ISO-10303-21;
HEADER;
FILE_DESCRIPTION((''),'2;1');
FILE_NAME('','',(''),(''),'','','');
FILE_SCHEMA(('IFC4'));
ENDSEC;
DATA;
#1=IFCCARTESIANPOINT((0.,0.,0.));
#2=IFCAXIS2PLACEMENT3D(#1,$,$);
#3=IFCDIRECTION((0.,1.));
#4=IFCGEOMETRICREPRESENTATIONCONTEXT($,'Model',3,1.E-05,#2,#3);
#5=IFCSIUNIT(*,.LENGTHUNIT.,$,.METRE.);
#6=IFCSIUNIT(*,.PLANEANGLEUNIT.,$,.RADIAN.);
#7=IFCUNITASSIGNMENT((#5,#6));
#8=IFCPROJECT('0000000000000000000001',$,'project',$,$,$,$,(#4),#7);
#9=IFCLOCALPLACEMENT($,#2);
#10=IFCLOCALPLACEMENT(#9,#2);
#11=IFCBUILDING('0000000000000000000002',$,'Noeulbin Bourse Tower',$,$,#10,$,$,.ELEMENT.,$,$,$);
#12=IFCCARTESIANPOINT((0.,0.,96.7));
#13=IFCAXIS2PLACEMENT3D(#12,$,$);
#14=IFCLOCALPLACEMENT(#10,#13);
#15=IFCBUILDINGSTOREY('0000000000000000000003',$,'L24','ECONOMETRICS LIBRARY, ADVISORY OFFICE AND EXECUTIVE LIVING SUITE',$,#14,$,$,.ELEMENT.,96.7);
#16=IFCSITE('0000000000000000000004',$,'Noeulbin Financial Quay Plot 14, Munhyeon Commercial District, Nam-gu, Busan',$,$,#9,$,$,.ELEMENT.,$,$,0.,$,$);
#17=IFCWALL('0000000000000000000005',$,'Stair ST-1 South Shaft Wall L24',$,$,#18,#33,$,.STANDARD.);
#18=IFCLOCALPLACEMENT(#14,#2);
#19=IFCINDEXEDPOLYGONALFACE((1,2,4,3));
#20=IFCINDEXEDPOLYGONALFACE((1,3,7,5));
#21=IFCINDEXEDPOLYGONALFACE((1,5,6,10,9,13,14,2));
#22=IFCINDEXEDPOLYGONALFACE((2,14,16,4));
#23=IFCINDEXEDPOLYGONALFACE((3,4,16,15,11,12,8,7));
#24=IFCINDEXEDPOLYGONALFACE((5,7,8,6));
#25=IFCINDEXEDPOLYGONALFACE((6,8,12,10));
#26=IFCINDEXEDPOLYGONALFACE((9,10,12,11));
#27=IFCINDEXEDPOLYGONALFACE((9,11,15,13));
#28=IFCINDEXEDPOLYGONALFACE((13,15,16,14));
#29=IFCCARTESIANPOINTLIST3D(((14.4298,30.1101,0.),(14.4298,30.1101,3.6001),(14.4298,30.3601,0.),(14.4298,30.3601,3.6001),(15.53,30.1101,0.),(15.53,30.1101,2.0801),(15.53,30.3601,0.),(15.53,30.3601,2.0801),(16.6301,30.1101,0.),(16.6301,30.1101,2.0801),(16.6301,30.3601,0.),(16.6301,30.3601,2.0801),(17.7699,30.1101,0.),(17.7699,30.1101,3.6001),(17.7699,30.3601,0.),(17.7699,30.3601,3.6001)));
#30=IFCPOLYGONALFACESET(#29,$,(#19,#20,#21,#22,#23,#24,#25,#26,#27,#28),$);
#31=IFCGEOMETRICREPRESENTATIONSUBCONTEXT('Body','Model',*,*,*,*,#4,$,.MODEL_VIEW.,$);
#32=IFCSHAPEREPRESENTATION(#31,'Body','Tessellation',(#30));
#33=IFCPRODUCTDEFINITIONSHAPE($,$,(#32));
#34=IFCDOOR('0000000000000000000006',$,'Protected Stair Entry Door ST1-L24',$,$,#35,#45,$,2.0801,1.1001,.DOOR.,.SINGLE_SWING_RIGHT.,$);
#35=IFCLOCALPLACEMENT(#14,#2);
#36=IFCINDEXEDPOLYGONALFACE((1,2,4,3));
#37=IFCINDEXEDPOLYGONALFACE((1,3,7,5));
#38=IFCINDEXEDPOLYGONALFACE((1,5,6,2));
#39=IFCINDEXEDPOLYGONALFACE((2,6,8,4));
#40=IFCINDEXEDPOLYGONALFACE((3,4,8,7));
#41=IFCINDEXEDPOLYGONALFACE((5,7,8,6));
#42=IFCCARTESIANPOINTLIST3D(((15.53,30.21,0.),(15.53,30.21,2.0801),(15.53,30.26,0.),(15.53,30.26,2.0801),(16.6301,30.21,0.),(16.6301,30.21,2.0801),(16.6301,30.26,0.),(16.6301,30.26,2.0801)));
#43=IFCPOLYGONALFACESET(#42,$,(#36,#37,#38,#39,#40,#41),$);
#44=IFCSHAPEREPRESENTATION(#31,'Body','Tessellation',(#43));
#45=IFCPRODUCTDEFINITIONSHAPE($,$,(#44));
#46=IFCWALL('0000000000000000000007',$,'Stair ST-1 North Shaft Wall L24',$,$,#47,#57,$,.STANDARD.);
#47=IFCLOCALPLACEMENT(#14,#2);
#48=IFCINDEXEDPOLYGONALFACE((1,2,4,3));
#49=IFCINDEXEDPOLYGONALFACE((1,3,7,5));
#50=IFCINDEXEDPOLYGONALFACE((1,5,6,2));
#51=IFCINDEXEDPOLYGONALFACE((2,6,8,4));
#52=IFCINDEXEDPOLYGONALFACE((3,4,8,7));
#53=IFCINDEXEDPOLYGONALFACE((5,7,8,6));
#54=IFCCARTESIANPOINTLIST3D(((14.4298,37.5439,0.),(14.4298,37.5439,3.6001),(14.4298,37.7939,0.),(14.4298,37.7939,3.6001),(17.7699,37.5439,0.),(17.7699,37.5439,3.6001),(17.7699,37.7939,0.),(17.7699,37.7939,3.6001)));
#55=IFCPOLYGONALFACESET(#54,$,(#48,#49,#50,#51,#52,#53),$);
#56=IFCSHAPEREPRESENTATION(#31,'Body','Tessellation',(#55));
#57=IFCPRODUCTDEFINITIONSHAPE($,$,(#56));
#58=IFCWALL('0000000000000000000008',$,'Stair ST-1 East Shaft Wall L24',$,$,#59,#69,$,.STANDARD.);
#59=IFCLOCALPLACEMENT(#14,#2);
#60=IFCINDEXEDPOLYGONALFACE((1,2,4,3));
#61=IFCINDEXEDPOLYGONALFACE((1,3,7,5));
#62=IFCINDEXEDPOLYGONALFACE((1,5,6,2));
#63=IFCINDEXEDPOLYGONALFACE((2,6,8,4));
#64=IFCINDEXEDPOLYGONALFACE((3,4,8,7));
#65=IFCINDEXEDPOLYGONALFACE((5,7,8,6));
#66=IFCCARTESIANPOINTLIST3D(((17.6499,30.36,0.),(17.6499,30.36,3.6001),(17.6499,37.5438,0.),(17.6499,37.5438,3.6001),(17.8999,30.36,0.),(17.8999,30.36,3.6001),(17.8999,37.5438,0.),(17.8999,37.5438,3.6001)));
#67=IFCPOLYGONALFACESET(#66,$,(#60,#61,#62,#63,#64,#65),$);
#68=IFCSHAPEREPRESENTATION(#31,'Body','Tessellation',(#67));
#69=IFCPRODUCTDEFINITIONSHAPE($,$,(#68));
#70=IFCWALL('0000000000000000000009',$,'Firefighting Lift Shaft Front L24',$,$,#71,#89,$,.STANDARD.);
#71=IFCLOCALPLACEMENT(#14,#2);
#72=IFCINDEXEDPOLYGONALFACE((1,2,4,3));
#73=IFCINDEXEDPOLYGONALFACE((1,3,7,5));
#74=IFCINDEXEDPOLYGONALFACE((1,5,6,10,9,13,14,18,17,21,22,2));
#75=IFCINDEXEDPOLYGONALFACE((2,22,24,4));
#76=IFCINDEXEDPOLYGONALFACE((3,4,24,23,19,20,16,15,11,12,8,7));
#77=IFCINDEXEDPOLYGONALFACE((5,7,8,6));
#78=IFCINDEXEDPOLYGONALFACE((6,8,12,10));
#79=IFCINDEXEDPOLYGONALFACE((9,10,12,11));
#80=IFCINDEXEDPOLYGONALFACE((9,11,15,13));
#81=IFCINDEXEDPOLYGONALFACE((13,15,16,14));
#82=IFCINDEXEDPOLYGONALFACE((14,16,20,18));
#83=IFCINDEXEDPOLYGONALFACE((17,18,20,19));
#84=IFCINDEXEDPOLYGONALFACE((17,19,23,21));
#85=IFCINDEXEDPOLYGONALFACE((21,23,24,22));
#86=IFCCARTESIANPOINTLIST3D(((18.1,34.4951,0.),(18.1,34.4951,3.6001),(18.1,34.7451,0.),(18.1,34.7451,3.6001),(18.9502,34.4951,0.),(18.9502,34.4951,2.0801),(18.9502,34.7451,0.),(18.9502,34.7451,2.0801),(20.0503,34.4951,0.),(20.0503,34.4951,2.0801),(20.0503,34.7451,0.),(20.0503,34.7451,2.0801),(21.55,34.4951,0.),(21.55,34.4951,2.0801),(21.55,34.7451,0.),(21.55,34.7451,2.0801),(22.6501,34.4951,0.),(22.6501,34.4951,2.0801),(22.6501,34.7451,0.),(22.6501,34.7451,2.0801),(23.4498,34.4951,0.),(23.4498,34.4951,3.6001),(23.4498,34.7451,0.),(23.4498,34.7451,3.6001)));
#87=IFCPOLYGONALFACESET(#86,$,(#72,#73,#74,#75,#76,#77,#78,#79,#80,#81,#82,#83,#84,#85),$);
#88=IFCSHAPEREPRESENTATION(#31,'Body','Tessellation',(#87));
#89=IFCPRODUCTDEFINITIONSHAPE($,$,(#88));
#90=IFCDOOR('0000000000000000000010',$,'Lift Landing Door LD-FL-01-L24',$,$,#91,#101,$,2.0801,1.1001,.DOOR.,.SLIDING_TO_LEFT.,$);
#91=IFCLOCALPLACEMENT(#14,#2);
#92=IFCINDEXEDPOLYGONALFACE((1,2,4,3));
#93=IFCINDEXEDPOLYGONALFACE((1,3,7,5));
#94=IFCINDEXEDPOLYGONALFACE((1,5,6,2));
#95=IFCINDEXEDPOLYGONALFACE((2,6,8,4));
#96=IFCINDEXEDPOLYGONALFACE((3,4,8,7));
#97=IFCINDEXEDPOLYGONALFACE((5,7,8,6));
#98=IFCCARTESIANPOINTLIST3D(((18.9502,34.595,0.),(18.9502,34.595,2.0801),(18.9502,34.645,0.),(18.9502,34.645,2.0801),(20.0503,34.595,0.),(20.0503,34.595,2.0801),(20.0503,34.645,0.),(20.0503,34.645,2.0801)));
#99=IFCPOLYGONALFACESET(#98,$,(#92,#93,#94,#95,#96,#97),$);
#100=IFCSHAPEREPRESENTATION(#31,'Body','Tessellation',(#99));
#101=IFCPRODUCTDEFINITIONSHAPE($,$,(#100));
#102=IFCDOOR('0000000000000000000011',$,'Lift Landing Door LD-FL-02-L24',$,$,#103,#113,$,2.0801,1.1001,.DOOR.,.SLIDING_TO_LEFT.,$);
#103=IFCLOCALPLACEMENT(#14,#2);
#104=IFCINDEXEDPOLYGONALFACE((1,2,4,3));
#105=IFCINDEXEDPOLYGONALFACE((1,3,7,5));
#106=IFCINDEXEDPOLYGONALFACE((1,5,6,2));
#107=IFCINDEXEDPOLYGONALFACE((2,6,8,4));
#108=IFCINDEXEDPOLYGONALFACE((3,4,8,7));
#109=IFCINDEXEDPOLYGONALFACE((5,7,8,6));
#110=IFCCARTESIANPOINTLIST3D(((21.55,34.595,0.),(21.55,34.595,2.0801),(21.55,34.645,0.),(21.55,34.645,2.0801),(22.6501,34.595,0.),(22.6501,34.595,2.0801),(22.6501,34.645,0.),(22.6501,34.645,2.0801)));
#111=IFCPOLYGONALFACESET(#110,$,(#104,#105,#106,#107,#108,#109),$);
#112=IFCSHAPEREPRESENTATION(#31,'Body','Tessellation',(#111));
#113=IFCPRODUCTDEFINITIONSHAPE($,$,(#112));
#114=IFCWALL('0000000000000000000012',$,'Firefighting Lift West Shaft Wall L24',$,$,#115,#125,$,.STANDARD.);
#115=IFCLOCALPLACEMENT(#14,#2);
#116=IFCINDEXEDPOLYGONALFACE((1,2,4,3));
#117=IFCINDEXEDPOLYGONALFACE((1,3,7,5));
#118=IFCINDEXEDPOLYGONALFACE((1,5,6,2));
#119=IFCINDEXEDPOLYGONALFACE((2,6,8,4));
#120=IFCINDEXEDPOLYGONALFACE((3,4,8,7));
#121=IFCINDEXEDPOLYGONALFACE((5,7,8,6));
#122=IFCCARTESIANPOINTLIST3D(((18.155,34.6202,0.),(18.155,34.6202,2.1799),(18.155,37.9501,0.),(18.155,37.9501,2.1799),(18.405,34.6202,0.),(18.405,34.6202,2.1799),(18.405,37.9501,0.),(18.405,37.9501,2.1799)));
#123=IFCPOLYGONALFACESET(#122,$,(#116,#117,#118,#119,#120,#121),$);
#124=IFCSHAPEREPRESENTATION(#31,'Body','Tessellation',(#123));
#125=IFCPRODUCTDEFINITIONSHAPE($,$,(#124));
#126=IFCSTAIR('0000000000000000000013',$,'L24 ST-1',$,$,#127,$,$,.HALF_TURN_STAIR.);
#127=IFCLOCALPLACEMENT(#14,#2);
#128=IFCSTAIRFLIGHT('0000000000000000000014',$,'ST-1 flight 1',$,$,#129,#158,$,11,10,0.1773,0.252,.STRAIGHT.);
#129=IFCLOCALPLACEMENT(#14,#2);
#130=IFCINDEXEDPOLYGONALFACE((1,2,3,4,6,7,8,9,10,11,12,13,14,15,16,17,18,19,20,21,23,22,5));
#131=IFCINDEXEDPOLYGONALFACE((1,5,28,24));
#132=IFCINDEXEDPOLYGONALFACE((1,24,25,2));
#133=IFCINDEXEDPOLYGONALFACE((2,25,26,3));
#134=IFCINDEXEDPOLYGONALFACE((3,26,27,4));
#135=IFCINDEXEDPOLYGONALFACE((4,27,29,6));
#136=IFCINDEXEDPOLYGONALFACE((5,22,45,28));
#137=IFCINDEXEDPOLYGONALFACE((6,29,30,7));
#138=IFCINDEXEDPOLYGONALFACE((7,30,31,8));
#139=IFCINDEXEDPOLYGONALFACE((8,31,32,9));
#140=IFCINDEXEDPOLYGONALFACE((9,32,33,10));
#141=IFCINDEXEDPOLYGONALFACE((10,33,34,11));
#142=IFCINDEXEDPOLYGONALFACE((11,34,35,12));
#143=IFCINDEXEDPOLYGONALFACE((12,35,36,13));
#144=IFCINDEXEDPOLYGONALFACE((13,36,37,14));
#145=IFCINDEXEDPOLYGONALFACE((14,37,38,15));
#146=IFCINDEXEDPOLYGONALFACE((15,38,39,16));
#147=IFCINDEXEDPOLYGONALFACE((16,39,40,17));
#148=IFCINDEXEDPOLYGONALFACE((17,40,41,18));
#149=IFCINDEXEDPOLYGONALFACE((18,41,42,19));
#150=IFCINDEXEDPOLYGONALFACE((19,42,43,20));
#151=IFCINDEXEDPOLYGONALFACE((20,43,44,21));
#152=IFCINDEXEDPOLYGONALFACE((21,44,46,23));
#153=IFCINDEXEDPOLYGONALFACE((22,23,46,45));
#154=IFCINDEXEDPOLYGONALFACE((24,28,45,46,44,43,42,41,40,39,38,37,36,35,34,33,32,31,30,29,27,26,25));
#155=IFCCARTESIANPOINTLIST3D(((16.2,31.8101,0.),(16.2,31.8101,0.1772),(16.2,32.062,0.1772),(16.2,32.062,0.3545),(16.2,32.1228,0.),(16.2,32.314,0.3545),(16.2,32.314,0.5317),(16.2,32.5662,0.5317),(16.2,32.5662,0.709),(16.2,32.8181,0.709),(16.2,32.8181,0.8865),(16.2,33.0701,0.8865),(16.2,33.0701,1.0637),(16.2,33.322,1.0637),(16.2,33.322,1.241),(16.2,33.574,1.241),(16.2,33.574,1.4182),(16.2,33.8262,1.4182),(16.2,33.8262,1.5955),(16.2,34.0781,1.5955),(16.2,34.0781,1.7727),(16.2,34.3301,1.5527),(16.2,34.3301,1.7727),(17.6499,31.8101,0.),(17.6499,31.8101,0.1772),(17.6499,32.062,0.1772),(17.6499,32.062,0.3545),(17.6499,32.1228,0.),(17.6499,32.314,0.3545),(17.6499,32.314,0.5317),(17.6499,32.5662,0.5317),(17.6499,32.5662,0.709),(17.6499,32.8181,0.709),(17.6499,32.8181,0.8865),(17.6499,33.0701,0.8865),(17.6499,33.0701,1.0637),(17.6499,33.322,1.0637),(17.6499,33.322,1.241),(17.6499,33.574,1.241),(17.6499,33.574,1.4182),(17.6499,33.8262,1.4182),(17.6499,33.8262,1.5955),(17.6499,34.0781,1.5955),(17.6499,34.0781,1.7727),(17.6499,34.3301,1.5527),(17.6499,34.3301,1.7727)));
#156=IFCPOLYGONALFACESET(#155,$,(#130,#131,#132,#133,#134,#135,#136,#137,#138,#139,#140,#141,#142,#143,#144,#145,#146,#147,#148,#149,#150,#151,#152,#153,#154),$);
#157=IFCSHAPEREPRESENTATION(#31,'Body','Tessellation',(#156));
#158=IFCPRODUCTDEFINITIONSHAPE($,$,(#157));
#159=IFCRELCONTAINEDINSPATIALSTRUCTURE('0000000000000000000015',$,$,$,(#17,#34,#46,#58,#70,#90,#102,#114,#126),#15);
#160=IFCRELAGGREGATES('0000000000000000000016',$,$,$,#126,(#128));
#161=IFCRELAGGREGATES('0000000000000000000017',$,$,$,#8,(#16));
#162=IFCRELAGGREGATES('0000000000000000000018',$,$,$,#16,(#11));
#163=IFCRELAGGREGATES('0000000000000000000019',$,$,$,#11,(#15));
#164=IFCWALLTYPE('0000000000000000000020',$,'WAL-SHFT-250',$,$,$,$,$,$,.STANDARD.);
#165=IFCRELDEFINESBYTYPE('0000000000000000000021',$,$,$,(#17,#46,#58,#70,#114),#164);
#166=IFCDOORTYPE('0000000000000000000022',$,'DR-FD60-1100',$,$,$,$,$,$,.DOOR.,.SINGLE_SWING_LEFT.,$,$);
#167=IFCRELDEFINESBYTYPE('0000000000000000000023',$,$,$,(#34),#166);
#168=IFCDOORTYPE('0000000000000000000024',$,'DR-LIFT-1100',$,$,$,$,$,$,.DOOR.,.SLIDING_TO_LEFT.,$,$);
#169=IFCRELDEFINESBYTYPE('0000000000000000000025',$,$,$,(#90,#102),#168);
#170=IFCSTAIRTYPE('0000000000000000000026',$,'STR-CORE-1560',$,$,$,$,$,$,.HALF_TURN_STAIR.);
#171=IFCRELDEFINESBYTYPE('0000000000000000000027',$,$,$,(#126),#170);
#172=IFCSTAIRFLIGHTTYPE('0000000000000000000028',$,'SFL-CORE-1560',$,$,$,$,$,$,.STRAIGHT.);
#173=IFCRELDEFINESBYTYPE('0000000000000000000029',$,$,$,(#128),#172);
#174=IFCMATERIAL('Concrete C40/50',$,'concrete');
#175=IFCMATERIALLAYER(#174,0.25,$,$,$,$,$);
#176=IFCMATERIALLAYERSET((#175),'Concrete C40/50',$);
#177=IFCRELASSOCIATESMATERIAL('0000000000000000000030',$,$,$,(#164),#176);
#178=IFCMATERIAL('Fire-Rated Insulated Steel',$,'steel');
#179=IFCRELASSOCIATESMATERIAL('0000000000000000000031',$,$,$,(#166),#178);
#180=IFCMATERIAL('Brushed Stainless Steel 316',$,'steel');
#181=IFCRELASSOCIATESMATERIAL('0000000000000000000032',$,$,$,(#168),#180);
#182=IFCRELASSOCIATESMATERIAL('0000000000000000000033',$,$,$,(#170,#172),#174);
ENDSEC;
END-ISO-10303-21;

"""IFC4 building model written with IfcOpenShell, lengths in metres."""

from ifc_helpers import new_model, si_unit, direction, frame, frame_2d, origin, place, context, subcontext, project, spatial, polyline, rectangle, outline, extrude, material, layer, layer_set, type_object, element, fill, aggregate, save


model = new_model("IFC4")

# Units and contexts
model_context = context("Model", 3, precision=1e-05, world=origin(), true_north=direction((0.0, 1.0)))
body_context = subcontext(model_context, "Body", "Model", "MODEL_VIEW")
ifc_project = project(units=[si_unit("LENGTHUNIT", "METRE"), si_unit("PLANEANGLEUNIT", "RADIAN")], contexts=[model_context])

# Site, building, storey
site_placement = place(None, origin())
site = spatial("IfcSite", under=ifc_project, at=site_placement, Name="Noeulbin Financial Quay Plot 14, Munhyeon Commercial District, Nam-gu, Busan", CompositionType="ELEMENT", RefElevation=0.0)
building_placement = place(site_placement, origin())
building = spatial("IfcBuilding", under=site, at=building_placement, Name="Noeulbin Bourse Tower", CompositionType="ELEMENT")
storey_placement = place(building_placement, frame((0.0, 0.0, 96.7)))
storey = spatial("IfcBuildingStorey", under=building, at=storey_placement, Name="L24", Description="ECONOMETRICS LIBRARY, ADVISORY OFFICE AND EXECUTIVE LIVING SUITE", CompositionType="ELEMENT", Elevation=96.7)

# Shared definitions
ifc_material_1 = material(Name="Concrete C40/50", Category="concrete")

# Wall, opening, door
ifc_layer_1 = layer(ifc_material_1, 0.25)
ifc_layer_set_1 = layer_set([ifc_layer_1], Name="Concrete C40/50")
wall_type_1 = type_object("IfcWallType", Name="WAL-SHFT-250", PredefinedType="STANDARD", material=ifc_layer_set_1)
wall_1_placement = place(storey_placement, frame((14.4299, 30.2351, 0.0), z_axis=(0.0, 0.0, 1.0), x_axis=(1.0, 0.0, 0.0)))
wall_1 = element("IfcWall", 1, at=wall_1_placement, inside=storey, type_object=wall_type_1, Name="Stair ST-1 South Shaft Wall L24", PredefinedType="STANDARD", context=body_context, shape_type="SweptSolid", body=[
    extrude(rectangle(XDim=3.3401, YDim=0.25, at=frame_2d((1.6699, 0.0))), origin(), (0.0, 0.0, 1.0), 3.6001),
])
opening_1_placement = place(wall_1_placement, frame((1.1001, 0.0, 0.0)))
opening_1 = element("IfcOpeningElement", 2, at=opening_1_placement, cuts=wall_1, PredefinedType="OPENING", context=body_context, shape_type="SweptSolid", body=[
    extrude(rectangle(XDim=1.1001, YDim=2.0801, at=frame_2d((0.55, 1.04))), frame((0.0, 0.135, 0.0), z_axis=(0.0, -1.0, 0.0), x_axis=(1.0, 0.0, 0.0)), (0.0, 0.0, 1.0), 0.27),
])
ifc_material_2 = material(Name="Fire-Rated Insulated Steel", Category="steel")
door_type_1 = type_object("IfcDoorType", Name="DR-FD60-1100", OperationType="SINGLE_SWING_LEFT", PredefinedType="DOOR", material=ifc_material_2)
door_1_placement = place(opening_1_placement, origin())
door_1 = element("IfcDoor", 3, at=door_1_placement, inside=storey, type_object=door_type_1, Name="Protected Stair Entry Door ST1-L24", OperationType="SINGLE_SWING_RIGHT", OverallHeight=2.0801, OverallWidth=1.1001, PredefinedType="DOOR", context=body_context, shape_type="SweptSolid", body=[
    extrude(rectangle(XDim=1.1001, YDim=2.0801, at=frame_2d((0.55, 1.04))), frame((0.0, 0.0249, 0.0), z_axis=(0.0, -1.0, 0.0), x_axis=(1.0, 0.0, 0.0)), (0.0, 0.0, 1.0), 0.05),
])
fill(opening_1, door_1)

# Walls
wall_2_placement = place(storey_placement, frame((14.4299, 37.6689, 0.0), z_axis=(0.0, 0.0, 1.0), x_axis=(1.0, 0.0, 0.0)))
element("IfcWall", 4, at=wall_2_placement, inside=storey, type_object=wall_type_1, Name="Stair ST-1 North Shaft Wall L24", PredefinedType="STANDARD", context=body_context, shape_type="SweptSolid", body=[
    extrude(rectangle(XDim=3.3401, YDim=0.25, at=frame_2d((1.6699, 0.0))), origin(), (0.0, 0.0, 1.0), 3.6001),
])
wall_3_placement = place(storey_placement, frame((17.7749, 30.3601, 0.0), z_axis=(0.0, 0.0, 1.0), x_axis=(0.0, 1.0, 0.0)))
element("IfcWall", 5, at=wall_3_placement, inside=storey, type_object=wall_type_1, Name="Stair ST-1 East Shaft Wall L24", PredefinedType="STANDARD", context=body_context, shape_type="SweptSolid", body=[
    extrude(rectangle(XDim=7.1838, YDim=0.25, at=frame_2d((3.5918, 0.0))), origin(), (0.0, 0.0, 1.0), 3.6001),
])

# Wall, openings, doors
wall_4_placement = place(storey_placement, frame((18.1001, 34.6201, 0.0), z_axis=(0.0, 0.0, 1.0), x_axis=(1.0, 0.0, 0.0)))
wall_4 = element("IfcWall", 6, at=wall_4_placement, inside=storey, type_object=wall_type_1, Name="Firefighting Lift Shaft Front L24", PredefinedType="STANDARD", context=body_context, shape_type="SweptSolid", body=[
    extrude(rectangle(XDim=5.3499, YDim=0.25, at=frame_2d((2.6748, 0.0))), origin(), (0.0, 0.0, 1.0), 3.6001),
])
opening_2_placement = place(wall_4_placement, frame((0.8501, 0.0, 0.0)))
opening_2 = element("IfcOpeningElement", 7, at=opening_2_placement, cuts=wall_4, PredefinedType="OPENING", context=body_context, shape_type="SweptSolid", body=[
    extrude(rectangle(XDim=1.1001, YDim=2.0801, at=frame_2d((0.55, 1.04))), frame((0.0, 0.135, 0.0), z_axis=(0.0, -1.0, 0.0), x_axis=(1.0, 0.0, 0.0)), (0.0, 0.0, 1.0), 0.27),
])
opening_3_placement = place(wall_4_placement, frame((3.45, 0.0, 0.0)))
opening_3 = element("IfcOpeningElement", 8, at=opening_3_placement, cuts=wall_4, PredefinedType="OPENING", context=body_context, shape_type="SweptSolid", body=[
    extrude(rectangle(XDim=1.1001, YDim=2.0801, at=frame_2d((0.55, 1.04))), frame((0.0, 0.135, 0.0), z_axis=(0.0, -1.0, 0.0), x_axis=(1.0, 0.0, 0.0)), (0.0, 0.0, 1.0), 0.27),
])
ifc_material_3 = material(Name="Brushed Stainless Steel 316", Category="steel")
door_type_2 = type_object("IfcDoorType", Name="DR-LIFT-1100", OperationType="SLIDING_TO_LEFT", PredefinedType="DOOR", material=ifc_material_3)
door_2_placement = place(opening_2_placement, origin())
door_2 = element("IfcDoor", 9, at=door_2_placement, inside=storey, type_object=door_type_2, Name="Lift Landing Door LD-FL-01-L24", OperationType="SLIDING_TO_LEFT", OverallHeight=2.0801, OverallWidth=1.1001, PredefinedType="DOOR", context=body_context, shape_type="SweptSolid", body=[
    extrude(rectangle(XDim=1.1001, YDim=2.0801, at=frame_2d((0.55, 1.04))), frame((0.0, 0.0249, 0.0), z_axis=(0.0, -1.0, 0.0), x_axis=(1.0, 0.0, 0.0)), (0.0, 0.0, 1.0), 0.05),
])
fill(opening_2, door_2)
door_3_placement = place(opening_3_placement, origin())
door_3 = element("IfcDoor", 10, at=door_3_placement, inside=storey, type_object=door_type_2, Name="Lift Landing Door LD-FL-02-L24", OperationType="SLIDING_TO_LEFT", OverallHeight=2.0801, OverallWidth=1.1001, PredefinedType="DOOR", context=body_context, shape_type="SweptSolid", body=[
    extrude(rectangle(XDim=1.1001, YDim=2.0801, at=frame_2d((0.55, 1.04))), frame((0.0, 0.0249, 0.0), z_axis=(0.0, -1.0, 0.0), x_axis=(1.0, 0.0, 0.0)), (0.0, 0.0, 1.0), 0.05),
])
fill(opening_3, door_3)

# Wall
wall_5_placement = place(storey_placement, frame((18.28, 34.6201, 0.0), z_axis=(0.0, 0.0, 1.0), x_axis=(0.0, 1.0, 0.0)))
element("IfcWall", 11, at=wall_5_placement, inside=storey, type_object=wall_type_1, Name="Firefighting Lift West Shaft Wall L24", PredefinedType="STANDARD", context=body_context, shape_type="SweptSolid", body=[
    extrude(rectangle(XDim=3.3298, YDim=0.25, at=frame_2d((1.665, 0.0))), origin(), (0.0, 0.0, 1.0), 2.1799),
])

# Stair, stair flight
stair_type = type_object("IfcStairType", Name="STR-CORE-1560", PredefinedType="HALF_TURN_STAIR", material=ifc_material_1)
stair_placement = place(storey_placement, origin())
stair = element("IfcStair", 12, at=stair_placement, inside=storey, type_object=stair_type, Name="L24 ST-1", PredefinedType="HALF_TURN_STAIR")
stair_flight_type = type_object("IfcStairFlightType", Name="SFL-CORE-1560", PredefinedType="STRAIGHT", material=ifc_material_1)
stair_flight_1_placement = place(storey_placement, frame((16.925, 31.8101, 0.0), z_axis=(0.0, 0.0, 1.0), x_axis=(0.0, 1.0, 0.0)))
stair_flight_1 = element("IfcStairFlight", 13, at=stair_flight_1_placement, type_object=stair_flight_type, Name="ST-1 flight 1", NumberOfRisers=11, NumberOfTreads=10, PredefinedType="STRAIGHT", RiserHeight=0.1773, TreadLength=0.252, context=body_context, shape_type="SweptSolid", body=[
    extrude(outline(polyline([(0.0, 0.0), (0.0, 0.1772), (0.252, 0.1772), (0.252, 0.3545), (0.5039, 0.3545), (0.5039, 0.5317), (0.7561, 0.5317), (0.7561, 0.709), (1.0081, 0.709), (1.0081, 0.8865), (1.26, 0.8865), (1.26, 1.0637), (1.512, 1.0637), (1.512, 1.241), (1.7639, 1.241), (1.7639, 1.4182), (2.0161, 1.4182), (2.0161, 1.5955), (2.2681, 1.5955), (2.2681, 1.7727), (2.52, 1.7727), (2.52, 1.95), (2.52, 1.5527), (0.3127, 0.0), (0.0, 0.0)])), frame((0.0, 0.7251, 0.0), z_axis=(0.0, -1.0, 0.0), x_axis=(1.0, 0.0, 0.0)), (0.0, 0.0, 1.0), 1.45),
])
aggregate(stair, [stair_flight_1])

save(model, "model.ifc")
